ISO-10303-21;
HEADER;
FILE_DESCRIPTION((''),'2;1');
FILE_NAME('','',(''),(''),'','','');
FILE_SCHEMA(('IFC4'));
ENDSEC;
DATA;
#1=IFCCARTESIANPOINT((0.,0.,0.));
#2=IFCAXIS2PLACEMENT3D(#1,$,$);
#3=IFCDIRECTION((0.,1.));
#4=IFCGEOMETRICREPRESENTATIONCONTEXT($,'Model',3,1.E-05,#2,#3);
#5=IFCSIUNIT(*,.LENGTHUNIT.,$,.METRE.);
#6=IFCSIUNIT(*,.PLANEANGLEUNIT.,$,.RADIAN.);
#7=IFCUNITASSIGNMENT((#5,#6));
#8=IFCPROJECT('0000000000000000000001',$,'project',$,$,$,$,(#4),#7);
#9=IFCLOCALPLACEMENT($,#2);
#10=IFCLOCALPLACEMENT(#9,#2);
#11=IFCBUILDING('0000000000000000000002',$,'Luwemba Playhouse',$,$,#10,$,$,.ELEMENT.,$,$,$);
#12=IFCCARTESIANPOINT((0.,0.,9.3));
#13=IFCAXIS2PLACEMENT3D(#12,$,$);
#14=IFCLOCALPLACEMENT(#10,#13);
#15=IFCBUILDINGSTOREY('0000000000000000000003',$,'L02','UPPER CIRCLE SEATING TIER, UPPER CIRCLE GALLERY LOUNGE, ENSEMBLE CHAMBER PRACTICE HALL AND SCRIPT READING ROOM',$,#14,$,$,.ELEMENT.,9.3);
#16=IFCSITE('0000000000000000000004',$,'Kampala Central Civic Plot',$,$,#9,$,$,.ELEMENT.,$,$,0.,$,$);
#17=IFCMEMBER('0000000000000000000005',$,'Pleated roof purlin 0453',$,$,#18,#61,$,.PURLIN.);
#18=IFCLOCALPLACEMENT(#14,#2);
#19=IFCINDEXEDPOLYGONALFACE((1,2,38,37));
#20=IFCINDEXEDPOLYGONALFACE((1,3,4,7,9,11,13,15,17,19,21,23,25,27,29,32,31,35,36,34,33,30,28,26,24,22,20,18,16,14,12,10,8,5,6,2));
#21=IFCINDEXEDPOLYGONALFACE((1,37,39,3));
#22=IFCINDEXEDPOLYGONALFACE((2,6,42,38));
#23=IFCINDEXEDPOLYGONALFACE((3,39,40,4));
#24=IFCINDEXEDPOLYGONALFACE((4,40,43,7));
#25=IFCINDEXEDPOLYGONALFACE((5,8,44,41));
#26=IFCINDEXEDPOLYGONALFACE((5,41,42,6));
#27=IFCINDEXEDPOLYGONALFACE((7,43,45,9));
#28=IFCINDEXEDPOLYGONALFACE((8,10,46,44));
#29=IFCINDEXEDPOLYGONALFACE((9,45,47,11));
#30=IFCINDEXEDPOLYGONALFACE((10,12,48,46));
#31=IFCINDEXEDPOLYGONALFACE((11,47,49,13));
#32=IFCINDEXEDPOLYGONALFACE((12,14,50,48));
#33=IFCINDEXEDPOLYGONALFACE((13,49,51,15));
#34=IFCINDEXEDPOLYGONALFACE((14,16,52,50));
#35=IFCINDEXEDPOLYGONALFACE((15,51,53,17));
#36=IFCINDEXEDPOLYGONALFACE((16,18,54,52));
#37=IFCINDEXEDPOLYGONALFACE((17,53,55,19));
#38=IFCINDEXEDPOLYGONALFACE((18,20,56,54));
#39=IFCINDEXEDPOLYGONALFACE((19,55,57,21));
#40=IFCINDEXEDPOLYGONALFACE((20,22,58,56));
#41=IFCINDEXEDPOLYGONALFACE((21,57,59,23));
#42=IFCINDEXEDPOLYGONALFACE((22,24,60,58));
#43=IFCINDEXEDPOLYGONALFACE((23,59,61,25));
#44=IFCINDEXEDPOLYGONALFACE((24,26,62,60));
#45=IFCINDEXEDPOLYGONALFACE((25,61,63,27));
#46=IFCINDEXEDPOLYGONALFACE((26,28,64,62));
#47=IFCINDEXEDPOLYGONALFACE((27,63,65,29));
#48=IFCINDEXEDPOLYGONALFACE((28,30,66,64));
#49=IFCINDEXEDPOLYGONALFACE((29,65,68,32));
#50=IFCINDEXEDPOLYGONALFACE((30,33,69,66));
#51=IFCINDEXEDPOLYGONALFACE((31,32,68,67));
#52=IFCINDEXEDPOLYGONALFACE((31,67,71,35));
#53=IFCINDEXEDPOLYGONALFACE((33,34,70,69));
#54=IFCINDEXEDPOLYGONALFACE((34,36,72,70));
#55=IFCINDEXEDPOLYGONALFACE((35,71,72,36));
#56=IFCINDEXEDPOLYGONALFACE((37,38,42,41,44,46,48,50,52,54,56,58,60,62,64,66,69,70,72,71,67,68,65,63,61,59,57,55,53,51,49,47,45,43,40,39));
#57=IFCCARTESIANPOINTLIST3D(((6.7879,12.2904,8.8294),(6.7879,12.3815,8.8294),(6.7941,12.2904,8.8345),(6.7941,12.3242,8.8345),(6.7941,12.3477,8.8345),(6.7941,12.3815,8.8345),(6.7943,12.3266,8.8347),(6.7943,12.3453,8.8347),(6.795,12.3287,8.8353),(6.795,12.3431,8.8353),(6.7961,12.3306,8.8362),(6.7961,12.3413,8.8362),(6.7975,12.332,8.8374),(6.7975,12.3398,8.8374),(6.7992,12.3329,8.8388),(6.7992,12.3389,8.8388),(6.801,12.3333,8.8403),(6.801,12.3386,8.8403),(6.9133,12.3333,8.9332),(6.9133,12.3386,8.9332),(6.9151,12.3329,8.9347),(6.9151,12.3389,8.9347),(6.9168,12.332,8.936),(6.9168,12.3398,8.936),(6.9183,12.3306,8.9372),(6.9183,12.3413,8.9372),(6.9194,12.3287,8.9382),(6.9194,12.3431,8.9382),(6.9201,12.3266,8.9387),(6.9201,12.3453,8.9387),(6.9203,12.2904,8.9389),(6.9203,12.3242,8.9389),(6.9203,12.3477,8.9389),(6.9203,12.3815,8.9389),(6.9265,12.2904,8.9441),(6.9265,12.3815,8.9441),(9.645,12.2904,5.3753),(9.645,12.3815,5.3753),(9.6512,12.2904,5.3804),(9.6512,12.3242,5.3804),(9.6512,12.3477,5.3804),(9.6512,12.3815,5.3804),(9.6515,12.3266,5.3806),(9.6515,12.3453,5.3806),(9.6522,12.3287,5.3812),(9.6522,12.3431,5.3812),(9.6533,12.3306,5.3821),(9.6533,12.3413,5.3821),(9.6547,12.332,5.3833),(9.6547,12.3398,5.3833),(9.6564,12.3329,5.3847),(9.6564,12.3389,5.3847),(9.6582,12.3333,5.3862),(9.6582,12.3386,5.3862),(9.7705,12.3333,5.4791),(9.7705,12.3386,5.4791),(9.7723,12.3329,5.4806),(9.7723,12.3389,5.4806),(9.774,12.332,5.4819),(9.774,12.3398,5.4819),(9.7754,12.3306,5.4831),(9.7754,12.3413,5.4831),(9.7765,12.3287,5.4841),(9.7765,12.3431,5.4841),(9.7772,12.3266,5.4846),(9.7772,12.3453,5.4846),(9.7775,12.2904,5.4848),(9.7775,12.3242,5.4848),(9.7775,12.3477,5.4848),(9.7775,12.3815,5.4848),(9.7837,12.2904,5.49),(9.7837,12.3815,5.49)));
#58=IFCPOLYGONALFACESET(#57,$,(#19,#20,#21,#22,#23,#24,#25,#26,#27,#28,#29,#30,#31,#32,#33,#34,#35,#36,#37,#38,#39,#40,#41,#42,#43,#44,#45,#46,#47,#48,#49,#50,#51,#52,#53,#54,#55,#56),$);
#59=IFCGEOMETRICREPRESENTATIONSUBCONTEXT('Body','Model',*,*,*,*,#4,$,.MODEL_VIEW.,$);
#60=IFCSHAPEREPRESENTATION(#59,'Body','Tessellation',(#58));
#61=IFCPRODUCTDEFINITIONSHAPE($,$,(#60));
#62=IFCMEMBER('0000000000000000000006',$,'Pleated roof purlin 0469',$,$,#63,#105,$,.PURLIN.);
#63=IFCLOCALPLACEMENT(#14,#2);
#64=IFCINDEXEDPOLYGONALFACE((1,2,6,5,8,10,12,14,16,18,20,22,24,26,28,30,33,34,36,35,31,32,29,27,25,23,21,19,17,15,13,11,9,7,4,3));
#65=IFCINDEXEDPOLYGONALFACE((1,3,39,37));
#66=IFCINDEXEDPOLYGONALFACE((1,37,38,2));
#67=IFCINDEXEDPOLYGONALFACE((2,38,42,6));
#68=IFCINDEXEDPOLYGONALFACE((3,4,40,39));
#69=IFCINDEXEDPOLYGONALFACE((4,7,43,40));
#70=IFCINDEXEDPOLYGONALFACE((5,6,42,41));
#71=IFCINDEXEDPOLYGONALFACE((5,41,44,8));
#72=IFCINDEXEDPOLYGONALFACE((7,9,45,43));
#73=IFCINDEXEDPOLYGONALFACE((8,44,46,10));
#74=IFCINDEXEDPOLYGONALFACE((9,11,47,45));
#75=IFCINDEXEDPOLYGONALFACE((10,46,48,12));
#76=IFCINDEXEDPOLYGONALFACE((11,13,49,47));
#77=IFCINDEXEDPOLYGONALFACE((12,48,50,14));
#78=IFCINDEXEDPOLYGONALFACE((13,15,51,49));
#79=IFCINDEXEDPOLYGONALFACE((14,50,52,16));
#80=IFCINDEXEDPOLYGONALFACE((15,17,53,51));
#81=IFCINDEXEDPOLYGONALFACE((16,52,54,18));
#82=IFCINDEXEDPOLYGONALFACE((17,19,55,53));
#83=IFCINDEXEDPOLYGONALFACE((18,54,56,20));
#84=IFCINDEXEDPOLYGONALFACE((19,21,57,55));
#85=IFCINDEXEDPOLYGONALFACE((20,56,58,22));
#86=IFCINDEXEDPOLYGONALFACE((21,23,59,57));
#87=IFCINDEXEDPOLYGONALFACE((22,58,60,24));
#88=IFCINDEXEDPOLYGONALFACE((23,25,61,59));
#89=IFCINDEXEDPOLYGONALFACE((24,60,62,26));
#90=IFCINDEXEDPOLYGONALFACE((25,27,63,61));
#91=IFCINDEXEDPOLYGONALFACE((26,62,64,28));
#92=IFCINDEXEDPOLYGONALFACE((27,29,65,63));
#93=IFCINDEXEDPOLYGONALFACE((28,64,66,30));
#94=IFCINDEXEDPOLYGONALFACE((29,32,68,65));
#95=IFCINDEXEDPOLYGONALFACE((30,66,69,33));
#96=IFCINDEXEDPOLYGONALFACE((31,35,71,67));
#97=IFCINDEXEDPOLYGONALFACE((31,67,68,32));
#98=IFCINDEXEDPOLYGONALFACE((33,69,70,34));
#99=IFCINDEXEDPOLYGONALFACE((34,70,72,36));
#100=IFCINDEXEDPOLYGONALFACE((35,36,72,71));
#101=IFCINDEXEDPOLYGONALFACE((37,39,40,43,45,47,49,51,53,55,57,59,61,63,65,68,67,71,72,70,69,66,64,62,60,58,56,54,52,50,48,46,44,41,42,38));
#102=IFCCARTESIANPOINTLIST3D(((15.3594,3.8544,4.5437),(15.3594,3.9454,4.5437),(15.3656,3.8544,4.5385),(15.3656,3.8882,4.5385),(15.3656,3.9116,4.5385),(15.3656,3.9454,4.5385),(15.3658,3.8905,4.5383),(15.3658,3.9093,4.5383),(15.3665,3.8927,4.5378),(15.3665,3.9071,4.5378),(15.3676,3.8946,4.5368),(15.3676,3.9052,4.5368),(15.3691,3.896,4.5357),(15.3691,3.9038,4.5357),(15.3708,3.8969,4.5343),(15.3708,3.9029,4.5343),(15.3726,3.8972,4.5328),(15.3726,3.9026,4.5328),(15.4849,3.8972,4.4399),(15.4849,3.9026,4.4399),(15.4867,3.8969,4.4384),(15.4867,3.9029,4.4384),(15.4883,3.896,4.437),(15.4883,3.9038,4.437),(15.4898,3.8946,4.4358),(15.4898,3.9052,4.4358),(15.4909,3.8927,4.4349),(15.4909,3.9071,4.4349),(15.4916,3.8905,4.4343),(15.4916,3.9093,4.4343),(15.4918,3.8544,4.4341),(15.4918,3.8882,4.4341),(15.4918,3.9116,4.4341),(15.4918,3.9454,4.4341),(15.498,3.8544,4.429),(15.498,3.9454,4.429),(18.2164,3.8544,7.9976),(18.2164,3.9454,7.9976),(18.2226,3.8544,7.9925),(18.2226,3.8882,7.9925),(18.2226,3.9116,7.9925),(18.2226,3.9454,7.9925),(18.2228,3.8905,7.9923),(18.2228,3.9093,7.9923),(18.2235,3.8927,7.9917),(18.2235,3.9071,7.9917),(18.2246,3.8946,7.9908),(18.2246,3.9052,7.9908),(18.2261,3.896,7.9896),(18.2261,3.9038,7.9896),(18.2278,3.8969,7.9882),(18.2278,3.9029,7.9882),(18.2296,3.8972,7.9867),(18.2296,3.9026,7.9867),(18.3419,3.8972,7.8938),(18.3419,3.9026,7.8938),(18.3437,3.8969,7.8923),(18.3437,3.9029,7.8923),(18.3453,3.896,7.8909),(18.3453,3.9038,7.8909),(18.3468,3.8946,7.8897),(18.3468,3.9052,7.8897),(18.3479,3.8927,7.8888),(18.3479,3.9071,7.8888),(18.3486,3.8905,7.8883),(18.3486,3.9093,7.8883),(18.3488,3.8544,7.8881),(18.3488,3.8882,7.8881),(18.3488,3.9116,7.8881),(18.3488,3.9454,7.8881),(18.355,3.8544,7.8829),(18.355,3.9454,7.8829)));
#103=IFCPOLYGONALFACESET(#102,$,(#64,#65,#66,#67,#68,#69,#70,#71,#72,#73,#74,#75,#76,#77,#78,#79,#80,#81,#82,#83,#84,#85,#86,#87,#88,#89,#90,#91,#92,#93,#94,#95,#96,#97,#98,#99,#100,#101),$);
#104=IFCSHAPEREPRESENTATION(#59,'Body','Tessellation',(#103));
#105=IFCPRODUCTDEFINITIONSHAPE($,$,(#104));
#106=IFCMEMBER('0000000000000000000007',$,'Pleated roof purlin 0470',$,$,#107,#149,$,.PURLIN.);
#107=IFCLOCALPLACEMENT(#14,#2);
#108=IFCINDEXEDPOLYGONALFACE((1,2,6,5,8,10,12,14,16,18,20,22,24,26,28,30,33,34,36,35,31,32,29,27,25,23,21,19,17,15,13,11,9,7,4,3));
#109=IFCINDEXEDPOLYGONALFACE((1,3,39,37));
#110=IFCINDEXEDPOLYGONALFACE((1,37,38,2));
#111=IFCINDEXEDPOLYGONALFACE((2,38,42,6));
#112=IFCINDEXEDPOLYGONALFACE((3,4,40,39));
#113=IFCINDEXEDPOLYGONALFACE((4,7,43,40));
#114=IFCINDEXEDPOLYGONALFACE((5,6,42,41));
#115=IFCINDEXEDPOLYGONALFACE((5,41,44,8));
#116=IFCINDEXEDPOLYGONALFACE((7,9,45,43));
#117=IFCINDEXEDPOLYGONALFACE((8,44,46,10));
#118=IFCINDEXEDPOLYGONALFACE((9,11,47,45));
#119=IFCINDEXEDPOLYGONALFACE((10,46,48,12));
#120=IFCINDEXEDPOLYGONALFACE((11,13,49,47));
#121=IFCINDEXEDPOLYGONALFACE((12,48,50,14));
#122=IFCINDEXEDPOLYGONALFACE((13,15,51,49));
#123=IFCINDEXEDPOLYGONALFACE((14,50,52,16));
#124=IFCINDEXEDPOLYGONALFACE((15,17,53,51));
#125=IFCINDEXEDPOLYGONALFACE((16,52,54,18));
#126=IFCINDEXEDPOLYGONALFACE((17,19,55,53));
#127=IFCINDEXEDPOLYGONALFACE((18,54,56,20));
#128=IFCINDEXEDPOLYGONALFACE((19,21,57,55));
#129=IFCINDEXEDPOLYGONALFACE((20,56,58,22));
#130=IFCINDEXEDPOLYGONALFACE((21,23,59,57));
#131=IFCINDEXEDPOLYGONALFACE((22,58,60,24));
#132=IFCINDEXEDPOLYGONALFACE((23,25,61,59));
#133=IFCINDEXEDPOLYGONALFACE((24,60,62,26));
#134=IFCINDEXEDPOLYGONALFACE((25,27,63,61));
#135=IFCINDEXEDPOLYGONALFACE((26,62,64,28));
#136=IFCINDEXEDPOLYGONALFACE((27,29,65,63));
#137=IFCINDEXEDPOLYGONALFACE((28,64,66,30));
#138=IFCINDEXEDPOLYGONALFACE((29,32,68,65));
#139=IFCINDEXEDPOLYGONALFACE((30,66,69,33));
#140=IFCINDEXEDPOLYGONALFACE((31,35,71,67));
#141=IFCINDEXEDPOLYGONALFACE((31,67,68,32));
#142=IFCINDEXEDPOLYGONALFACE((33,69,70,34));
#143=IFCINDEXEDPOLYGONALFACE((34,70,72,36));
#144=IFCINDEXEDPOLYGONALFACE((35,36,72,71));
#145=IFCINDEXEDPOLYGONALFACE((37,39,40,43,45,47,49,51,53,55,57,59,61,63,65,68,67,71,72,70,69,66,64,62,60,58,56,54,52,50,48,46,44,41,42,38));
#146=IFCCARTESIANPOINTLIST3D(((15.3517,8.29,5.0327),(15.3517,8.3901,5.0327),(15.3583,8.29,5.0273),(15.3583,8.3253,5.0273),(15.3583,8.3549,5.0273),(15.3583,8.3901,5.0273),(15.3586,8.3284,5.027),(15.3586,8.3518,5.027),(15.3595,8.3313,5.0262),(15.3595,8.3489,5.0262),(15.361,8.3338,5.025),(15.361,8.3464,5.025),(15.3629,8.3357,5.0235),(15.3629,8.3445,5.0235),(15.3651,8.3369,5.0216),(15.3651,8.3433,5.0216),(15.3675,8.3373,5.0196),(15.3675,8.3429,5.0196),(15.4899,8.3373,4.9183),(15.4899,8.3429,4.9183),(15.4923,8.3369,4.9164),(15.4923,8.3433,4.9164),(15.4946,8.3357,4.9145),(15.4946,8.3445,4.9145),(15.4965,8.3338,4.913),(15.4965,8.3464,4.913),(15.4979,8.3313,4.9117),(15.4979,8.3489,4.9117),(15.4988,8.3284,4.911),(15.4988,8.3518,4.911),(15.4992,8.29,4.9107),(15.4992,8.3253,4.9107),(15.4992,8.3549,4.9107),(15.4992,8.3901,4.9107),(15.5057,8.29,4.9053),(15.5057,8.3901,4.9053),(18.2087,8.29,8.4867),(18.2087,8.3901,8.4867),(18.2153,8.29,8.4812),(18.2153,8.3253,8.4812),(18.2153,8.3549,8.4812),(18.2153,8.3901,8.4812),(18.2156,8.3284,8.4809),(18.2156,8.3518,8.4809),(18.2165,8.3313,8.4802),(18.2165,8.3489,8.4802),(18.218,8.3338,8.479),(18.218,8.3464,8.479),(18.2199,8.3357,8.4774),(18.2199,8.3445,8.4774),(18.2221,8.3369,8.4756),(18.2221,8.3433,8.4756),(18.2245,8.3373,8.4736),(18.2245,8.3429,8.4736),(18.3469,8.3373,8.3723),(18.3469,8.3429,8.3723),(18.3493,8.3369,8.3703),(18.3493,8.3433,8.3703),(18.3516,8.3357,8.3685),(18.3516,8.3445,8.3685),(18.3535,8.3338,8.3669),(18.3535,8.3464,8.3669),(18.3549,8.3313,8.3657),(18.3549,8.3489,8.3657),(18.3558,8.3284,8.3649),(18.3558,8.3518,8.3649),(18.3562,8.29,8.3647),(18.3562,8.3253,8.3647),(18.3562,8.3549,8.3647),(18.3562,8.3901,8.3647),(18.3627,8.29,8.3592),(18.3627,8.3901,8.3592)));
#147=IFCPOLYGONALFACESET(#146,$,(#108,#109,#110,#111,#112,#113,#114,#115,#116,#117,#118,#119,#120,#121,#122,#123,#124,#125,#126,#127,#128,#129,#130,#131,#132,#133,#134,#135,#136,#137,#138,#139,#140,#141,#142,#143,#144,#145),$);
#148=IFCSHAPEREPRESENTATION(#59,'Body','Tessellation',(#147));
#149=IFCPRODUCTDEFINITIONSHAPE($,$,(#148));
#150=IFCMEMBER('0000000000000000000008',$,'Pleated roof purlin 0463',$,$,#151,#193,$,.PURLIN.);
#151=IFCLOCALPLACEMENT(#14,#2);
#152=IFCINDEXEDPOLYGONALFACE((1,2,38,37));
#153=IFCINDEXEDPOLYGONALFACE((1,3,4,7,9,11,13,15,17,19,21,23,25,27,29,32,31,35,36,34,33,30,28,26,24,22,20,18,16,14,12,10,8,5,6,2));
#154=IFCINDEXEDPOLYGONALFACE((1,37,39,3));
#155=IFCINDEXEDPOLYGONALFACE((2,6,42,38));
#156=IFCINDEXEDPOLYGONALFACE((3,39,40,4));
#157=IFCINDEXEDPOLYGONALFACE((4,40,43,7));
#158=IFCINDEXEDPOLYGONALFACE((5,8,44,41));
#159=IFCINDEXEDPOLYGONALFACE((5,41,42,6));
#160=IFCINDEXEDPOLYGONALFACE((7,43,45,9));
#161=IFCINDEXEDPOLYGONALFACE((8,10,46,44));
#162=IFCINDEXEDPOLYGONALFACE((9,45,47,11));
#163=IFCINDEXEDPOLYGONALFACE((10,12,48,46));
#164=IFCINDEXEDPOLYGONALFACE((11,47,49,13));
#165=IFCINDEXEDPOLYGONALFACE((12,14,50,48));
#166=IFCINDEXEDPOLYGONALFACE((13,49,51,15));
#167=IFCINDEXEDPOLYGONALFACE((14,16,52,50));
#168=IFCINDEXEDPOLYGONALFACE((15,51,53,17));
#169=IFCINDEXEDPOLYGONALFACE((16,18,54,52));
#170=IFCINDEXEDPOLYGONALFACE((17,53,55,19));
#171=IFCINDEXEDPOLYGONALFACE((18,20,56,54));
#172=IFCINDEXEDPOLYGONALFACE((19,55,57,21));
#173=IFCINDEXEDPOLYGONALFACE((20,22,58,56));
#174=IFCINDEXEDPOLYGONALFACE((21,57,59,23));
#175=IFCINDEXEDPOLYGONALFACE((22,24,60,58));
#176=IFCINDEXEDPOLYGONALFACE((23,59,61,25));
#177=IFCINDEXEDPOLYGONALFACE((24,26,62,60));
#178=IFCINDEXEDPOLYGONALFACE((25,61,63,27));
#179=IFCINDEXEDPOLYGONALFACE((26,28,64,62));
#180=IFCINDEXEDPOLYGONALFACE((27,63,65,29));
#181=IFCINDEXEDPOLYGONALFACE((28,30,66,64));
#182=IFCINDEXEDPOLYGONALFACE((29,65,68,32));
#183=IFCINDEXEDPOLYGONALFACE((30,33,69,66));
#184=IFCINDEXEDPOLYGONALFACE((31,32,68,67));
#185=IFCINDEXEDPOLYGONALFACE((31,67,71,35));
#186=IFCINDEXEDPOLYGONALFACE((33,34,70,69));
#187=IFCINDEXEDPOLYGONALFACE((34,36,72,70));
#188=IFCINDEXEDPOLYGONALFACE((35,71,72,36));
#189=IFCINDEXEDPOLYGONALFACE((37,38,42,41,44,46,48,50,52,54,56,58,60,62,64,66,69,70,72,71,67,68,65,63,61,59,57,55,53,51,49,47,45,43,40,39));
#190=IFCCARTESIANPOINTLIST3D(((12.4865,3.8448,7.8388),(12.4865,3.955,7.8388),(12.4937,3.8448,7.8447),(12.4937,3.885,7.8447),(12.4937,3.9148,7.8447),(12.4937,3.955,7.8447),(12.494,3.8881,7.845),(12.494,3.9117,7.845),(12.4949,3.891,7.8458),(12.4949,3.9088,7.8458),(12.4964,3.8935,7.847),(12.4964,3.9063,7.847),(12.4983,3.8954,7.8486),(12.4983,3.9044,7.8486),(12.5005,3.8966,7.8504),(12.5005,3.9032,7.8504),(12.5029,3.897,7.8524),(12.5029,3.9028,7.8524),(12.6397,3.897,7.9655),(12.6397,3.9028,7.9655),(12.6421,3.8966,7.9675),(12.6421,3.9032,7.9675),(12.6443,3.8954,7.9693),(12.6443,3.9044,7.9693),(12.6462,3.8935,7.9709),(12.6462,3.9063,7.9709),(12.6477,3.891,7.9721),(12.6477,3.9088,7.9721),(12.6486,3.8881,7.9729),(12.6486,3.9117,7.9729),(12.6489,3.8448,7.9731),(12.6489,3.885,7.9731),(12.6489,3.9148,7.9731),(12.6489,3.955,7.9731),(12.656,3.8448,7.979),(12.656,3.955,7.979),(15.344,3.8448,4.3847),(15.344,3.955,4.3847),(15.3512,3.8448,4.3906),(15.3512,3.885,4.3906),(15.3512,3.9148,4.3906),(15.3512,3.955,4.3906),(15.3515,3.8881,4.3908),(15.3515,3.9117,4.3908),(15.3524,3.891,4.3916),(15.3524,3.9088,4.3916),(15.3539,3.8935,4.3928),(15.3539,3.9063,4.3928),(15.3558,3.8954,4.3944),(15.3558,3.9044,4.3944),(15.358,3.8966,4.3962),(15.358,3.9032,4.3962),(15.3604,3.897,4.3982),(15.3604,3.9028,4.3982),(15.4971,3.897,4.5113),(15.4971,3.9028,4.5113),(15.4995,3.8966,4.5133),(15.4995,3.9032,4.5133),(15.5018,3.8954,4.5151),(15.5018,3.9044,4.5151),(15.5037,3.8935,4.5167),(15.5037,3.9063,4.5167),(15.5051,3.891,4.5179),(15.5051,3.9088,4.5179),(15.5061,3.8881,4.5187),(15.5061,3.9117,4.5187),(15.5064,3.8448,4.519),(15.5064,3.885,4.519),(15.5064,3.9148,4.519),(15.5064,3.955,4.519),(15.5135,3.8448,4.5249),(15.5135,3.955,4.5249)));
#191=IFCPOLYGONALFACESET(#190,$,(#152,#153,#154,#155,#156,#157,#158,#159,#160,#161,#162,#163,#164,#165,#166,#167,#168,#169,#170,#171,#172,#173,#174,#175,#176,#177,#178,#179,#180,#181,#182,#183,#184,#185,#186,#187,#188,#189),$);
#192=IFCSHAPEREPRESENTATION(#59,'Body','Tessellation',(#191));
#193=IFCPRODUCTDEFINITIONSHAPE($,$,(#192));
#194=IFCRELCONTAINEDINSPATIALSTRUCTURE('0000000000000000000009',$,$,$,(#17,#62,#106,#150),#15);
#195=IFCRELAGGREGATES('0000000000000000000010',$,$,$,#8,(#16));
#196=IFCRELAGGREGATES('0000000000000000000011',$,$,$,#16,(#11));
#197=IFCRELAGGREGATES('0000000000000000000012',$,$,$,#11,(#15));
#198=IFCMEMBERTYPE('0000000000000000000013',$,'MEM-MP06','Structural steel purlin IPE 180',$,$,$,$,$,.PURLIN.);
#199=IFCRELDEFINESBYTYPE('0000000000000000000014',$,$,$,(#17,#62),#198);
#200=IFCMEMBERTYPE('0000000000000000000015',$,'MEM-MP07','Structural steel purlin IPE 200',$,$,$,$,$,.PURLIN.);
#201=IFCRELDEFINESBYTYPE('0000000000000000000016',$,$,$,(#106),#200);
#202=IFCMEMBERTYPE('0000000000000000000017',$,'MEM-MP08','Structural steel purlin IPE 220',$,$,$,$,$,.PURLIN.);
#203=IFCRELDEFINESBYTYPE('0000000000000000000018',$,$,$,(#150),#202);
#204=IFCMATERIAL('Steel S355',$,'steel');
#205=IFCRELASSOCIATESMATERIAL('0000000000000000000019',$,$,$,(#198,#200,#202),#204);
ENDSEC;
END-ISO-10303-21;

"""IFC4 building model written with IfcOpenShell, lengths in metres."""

from ifc_helpers import new_model, si_unit, direction, frame, origin, origin_2d, place, context, subcontext, project, spatial, i_section, extrude, material, material_profile, profile_set, type_object, element, save


model = new_model("IFC4")

# Units and contexts
model_context = context("Model", 3, precision=1e-05, world=origin(), true_north=direction((0.0, 1.0)))
body_context = subcontext(model_context, "Body", "Model", "MODEL_VIEW")
ifc_project = project(units=[si_unit("LENGTHUNIT", "METRE"), si_unit("PLANEANGLEUNIT", "RADIAN")], contexts=[model_context])

# Site, building, storey
site_placement = place(None, origin())
site = spatial("IfcSite", under=ifc_project, at=site_placement, Name="Kampala Central Civic Plot", CompositionType="ELEMENT", RefElevation=0.0)
building_placement = place(site_placement, origin())
building = spatial("IfcBuilding", under=site, at=building_placement, Name="Luwemba Playhouse", CompositionType="ELEMENT")
storey_placement = place(building_placement, frame((0.0, 0.0, 9.3)))
storey = spatial("IfcBuildingStorey", under=building, at=storey_placement, Name="L02", Description="UPPER CIRCLE SEATING TIER, UPPER CIRCLE GALLERY LOUNGE, ENSEMBLE CHAMBER PRACTICE HALL AND SCRIPT READING ROOM", CompositionType="ELEMENT", Elevation=9.3)

# Shared definitions
ifc_material_1 = material(Name="Steel S355", Category="steel")

# Members
ifc_material_profile_1 = material_profile(ifc_material_1, i_section(OverallWidth=0.0911, OverallDepth=0.1799, WebThickness=0.0054, FlangeThickness=0.0081, FilletRadius=0.009, at=origin_2d()))
ifc_profile_set_1 = profile_set([ifc_material_profile_1], Name="Steel S355")
member_type_1 = type_object("IfcMemberType", Name="MEM-MP06", Description="Structural steel purlin IPE 180", PredefinedType="PURLIN", material=ifc_profile_set_1)
member_1_placement = place(storey_placement, frame((6.8572, 12.3359, 8.8867), z_axis=(0.637384, 0.0, -0.770547), x_axis=(0.0, 1.0, 0.0)))
element("IfcMember", 1, at=member_1_placement, inside=storey, type_object=member_type_1, Name="Pleated roof purlin 0453", PredefinedType="PURLIN", context=body_context, shape_type="SweptSolid", body=[
    extrude(i_section(OverallWidth=0.0911, OverallDepth=0.1799, WebThickness=0.0054, FlangeThickness=0.0081, FilletRadius=0.009, at=origin_2d()), origin(), (0.0, 0.0, 1.0), 4.4827),
])
member_2_placement = place(storey_placement, frame((15.4287, 3.8999, 4.4863), z_axis=(0.637378, 0.0, 0.770551), x_axis=(0.0, 1.0, 0.0)))
element("IfcMember", 2, at=member_2_placement, inside=storey, type_object=member_type_1, Name="Pleated roof purlin 0469", PredefinedType="PURLIN", context=body_context, shape_type="SweptSolid", body=[
    extrude(i_section(OverallWidth=0.0911, OverallDepth=0.1799, WebThickness=0.0054, FlangeThickness=0.0081, FilletRadius=0.009, at=origin_2d()), origin(), (0.0, 0.0, 1.0), 4.4824),
])
ifc_material_profile_2 = material_profile(ifc_material_1, i_section(OverallWidth=0.1001, OverallDepth=0.2, WebThickness=0.0056, FlangeThickness=0.0085, FilletRadius=0.012, at=origin_2d()))
ifc_profile_set_2 = profile_set([ifc_material_profile_2], Name="Steel S355")
member_type_2 = type_object("IfcMemberType", Name="MEM-MP07", Description="Structural steel purlin IPE 200", PredefinedType="PURLIN", material=ifc_profile_set_2)
member_3_placement = place(storey_placement, frame((15.4287, 8.3401, 4.969), z_axis=(0.637378, 0.0, 0.770551), x_axis=(0.0, 1.0, 0.0)))
element("IfcMember", 3, at=member_3_placement, inside=storey, type_object=member_type_2, Name="Pleated roof purlin 0470", PredefinedType="PURLIN", context=body_context, shape_type="SweptSolid", body=[
    extrude(i_section(OverallWidth=0.1001, OverallDepth=0.2, WebThickness=0.0056, FlangeThickness=0.0085, FilletRadius=0.012, at=origin_2d()), origin(), (0.0, 0.0, 1.0), 4.4824),
])
ifc_material_profile_3 = material_profile(ifc_material_1, i_section(OverallWidth=0.1101, OverallDepth=0.22, WebThickness=0.0059, FlangeThickness=0.0093, FilletRadius=0.012, at=origin_2d()))
ifc_profile_set_3 = profile_set([ifc_material_profile_3], Name="Steel S355")
member_type_3 = type_object("IfcMemberType", Name="MEM-MP08", Description="Structural steel purlin IPE 220", PredefinedType="PURLIN", material=ifc_profile_set_3)
member_4_placement = place(storey_placement, frame((12.5713, 3.8999, 7.9089), z_axis=(0.637416, 0.0, -0.77052), x_axis=(0.0, 1.0, 0.0)))
element("IfcMember", 4, at=member_4_placement, inside=storey, type_object=member_type_3, Name="Pleated roof purlin 0463", PredefinedType="PURLIN", context=body_context, shape_type="SweptSolid", body=[
    extrude(i_section(OverallWidth=0.1101, OverallDepth=0.22, WebThickness=0.0059, FlangeThickness=0.0093, FilletRadius=0.012, at=origin_2d()), origin(), (0.0, 0.0, 1.0), 4.4829),
])

save(model, "model.ifc")
